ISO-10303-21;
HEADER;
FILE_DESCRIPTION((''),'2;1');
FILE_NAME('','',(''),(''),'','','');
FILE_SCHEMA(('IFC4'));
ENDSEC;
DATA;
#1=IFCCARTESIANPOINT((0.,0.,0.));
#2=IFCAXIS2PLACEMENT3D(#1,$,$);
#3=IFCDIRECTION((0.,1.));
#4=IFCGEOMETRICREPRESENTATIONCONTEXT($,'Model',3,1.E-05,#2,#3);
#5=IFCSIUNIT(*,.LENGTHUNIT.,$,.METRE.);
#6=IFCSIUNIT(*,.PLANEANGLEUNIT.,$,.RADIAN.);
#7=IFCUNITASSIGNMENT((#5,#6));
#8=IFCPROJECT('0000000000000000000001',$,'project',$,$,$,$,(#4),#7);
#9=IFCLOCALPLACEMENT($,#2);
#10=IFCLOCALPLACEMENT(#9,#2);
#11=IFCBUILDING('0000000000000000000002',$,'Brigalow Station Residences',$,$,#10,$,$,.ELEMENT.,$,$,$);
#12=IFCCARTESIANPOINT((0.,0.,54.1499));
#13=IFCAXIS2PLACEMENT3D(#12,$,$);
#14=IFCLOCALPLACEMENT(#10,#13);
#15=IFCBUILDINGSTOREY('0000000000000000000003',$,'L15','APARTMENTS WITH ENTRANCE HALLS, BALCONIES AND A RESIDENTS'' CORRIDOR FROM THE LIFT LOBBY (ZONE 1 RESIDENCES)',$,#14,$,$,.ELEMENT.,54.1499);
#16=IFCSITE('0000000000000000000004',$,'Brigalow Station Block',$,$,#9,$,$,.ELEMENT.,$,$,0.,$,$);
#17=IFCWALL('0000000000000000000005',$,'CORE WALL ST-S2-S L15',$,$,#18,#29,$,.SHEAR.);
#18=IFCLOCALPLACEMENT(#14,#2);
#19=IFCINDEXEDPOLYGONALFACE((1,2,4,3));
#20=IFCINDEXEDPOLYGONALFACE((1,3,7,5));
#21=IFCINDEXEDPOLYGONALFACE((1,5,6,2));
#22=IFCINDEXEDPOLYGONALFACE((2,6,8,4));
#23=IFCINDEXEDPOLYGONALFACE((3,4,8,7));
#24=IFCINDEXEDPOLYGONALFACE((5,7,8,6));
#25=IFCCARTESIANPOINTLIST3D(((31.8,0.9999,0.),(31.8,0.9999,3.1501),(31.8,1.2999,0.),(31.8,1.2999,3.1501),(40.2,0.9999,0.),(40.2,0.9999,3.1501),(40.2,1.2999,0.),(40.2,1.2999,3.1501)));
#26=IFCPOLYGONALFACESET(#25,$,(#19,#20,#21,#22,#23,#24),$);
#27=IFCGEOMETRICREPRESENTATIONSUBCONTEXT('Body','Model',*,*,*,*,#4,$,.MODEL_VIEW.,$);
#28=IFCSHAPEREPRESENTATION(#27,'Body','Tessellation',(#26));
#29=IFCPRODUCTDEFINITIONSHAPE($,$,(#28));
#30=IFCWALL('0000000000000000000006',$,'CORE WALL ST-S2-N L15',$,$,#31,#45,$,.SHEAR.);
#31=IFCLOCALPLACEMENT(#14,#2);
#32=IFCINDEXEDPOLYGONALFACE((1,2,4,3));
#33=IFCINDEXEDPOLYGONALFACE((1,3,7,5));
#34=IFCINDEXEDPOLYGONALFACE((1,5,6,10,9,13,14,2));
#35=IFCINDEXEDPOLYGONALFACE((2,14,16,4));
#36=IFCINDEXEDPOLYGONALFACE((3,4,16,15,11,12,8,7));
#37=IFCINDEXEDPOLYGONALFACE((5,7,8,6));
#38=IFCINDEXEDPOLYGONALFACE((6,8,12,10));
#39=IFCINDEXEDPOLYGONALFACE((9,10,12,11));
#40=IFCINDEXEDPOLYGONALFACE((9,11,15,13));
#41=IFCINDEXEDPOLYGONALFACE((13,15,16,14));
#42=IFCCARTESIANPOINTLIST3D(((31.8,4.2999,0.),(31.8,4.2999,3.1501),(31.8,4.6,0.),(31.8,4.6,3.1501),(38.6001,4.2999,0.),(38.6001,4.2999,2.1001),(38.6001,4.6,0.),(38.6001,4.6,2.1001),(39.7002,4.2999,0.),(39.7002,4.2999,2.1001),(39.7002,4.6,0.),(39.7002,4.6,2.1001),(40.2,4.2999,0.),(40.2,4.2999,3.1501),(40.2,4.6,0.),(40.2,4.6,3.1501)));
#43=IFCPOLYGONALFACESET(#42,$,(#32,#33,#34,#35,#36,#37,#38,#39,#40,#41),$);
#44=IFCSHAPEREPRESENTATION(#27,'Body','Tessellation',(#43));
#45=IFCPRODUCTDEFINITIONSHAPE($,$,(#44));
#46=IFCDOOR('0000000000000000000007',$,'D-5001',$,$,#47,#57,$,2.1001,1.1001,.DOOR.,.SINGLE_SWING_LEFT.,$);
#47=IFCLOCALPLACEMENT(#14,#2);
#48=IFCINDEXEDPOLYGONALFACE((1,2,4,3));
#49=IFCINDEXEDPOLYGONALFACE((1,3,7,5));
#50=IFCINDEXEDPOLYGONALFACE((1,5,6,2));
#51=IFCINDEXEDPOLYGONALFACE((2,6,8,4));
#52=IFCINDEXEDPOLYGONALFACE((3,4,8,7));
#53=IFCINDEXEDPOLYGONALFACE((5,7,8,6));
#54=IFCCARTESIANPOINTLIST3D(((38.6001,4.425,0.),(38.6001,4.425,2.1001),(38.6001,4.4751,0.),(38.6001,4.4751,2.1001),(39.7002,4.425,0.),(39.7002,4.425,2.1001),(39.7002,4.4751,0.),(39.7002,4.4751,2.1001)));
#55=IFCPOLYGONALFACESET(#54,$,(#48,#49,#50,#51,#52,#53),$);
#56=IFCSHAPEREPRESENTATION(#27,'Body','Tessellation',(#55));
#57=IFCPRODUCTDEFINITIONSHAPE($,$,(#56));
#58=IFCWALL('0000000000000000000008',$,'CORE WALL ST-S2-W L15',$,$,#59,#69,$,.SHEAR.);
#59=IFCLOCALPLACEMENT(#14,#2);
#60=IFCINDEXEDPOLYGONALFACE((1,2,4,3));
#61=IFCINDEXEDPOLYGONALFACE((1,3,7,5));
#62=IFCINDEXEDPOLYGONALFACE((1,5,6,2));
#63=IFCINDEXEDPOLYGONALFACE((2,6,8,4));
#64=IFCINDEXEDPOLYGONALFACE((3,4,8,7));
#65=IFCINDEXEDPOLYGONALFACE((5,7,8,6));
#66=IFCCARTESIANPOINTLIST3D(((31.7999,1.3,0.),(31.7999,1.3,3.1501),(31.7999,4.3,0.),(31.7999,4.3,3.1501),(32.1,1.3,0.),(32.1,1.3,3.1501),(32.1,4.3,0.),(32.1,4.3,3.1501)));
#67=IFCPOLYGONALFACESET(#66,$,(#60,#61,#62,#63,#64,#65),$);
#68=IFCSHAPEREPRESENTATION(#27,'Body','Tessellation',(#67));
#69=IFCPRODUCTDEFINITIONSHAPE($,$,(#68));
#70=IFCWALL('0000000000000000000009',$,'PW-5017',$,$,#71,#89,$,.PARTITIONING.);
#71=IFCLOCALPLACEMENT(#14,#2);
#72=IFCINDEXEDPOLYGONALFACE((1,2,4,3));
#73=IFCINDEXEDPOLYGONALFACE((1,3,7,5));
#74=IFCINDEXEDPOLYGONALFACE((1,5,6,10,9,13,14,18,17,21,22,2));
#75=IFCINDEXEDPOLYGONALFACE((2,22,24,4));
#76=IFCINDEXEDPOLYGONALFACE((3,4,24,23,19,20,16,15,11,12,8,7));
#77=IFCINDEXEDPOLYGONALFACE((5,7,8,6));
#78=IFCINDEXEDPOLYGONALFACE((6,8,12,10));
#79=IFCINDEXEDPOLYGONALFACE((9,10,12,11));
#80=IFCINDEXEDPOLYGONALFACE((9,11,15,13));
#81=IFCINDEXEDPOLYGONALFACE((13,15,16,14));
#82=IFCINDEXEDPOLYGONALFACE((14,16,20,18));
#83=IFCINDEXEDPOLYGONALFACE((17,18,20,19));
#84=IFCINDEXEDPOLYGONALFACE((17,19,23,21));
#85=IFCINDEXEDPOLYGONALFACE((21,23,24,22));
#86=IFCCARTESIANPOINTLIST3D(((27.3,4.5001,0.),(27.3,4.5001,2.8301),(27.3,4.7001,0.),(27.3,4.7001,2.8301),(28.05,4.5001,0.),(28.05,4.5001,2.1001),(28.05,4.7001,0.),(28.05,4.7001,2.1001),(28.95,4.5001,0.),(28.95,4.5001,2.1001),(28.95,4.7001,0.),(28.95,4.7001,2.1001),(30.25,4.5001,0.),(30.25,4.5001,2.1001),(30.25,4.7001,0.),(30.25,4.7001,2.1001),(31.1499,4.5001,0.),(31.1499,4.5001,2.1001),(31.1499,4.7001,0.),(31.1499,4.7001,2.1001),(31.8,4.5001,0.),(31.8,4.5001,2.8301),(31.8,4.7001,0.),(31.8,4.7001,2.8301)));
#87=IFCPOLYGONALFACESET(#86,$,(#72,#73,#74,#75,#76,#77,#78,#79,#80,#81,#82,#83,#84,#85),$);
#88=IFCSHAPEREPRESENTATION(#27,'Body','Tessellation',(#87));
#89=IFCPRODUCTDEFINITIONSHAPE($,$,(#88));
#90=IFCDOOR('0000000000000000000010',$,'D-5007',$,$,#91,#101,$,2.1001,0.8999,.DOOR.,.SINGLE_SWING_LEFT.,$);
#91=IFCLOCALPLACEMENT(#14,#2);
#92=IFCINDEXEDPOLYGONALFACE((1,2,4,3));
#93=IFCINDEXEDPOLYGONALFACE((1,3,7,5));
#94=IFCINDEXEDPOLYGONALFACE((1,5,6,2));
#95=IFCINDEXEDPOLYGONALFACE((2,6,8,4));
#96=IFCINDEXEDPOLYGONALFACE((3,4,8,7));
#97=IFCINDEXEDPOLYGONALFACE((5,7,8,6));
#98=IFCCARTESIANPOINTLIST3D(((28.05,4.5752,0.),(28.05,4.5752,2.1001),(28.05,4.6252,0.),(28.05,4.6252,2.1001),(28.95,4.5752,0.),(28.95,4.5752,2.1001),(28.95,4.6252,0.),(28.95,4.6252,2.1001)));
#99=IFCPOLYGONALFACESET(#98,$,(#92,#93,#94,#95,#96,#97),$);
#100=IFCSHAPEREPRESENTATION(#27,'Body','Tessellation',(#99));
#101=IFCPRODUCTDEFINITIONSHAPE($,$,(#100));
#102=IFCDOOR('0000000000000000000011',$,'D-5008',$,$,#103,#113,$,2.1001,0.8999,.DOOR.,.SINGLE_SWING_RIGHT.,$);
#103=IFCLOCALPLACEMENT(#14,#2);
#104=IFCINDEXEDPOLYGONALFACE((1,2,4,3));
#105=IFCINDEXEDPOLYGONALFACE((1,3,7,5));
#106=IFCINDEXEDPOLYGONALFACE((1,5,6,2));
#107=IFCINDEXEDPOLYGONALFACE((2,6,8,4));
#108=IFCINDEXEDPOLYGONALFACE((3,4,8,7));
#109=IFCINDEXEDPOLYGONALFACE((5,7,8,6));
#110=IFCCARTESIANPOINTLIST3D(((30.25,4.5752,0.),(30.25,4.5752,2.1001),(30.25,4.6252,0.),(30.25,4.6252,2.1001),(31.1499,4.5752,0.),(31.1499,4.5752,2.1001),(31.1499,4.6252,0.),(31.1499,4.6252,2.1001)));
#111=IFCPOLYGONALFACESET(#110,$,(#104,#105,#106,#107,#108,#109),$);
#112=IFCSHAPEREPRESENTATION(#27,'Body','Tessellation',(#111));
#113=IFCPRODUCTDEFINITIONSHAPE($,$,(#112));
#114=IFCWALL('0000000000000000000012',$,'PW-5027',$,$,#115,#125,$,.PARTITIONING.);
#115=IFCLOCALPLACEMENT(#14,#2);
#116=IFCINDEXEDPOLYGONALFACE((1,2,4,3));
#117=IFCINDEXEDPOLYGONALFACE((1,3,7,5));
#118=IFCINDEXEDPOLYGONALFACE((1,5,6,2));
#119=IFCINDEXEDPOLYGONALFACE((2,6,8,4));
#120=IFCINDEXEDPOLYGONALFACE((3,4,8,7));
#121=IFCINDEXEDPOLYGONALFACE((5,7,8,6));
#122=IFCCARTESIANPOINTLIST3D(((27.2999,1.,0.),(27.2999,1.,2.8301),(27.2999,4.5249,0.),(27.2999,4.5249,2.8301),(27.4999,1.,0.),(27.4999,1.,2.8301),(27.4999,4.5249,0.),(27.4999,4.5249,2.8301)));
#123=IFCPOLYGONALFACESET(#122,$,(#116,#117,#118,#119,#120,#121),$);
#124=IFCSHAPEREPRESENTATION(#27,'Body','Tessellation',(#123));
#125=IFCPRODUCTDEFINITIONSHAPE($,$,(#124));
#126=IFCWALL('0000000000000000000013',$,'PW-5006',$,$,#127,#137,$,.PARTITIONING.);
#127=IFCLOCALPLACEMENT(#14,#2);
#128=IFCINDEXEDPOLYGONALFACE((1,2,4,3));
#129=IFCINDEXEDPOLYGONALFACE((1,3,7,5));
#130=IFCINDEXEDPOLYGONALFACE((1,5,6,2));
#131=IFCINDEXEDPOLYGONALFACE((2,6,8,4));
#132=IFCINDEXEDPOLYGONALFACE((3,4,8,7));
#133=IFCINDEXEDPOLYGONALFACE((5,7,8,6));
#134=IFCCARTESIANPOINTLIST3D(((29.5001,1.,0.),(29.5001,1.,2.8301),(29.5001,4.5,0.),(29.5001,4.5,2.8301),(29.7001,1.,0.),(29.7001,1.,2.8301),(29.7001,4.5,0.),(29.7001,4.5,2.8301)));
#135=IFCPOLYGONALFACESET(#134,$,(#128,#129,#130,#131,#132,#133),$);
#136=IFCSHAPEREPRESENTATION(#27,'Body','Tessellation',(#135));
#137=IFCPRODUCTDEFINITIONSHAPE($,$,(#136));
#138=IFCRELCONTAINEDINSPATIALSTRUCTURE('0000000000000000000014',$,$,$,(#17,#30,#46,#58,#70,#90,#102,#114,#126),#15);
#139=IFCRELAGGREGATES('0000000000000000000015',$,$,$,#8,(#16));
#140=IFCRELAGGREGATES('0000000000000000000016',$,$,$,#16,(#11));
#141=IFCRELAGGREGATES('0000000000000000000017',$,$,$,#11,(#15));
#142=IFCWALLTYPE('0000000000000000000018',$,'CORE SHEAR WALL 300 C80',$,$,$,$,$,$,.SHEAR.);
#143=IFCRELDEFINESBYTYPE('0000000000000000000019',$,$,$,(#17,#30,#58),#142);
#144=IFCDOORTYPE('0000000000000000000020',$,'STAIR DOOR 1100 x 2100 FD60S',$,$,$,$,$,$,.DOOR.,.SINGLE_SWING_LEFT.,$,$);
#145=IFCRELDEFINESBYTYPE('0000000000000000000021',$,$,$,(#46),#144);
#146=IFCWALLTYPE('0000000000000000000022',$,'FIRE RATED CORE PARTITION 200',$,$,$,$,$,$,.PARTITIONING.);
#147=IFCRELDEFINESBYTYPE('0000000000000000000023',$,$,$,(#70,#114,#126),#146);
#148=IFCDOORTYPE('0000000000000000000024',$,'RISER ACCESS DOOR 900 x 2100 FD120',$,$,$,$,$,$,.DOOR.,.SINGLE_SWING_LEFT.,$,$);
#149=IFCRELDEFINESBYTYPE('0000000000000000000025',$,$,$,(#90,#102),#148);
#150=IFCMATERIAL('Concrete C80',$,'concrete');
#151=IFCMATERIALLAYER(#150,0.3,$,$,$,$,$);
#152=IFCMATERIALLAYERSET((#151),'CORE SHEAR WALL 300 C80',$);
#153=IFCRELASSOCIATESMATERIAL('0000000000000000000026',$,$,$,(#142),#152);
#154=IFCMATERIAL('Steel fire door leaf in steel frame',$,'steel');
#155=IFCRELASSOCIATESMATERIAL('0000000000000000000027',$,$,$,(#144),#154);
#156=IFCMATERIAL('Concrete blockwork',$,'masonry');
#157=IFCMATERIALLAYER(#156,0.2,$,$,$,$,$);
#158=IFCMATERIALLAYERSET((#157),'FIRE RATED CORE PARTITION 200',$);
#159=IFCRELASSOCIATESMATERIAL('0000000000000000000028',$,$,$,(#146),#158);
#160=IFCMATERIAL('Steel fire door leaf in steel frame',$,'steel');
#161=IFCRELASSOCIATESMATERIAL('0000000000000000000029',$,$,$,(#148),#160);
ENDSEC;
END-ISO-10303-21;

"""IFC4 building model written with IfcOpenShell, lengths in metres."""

from ifc_helpers import new_model, si_unit, direction, frame, frame_2d, origin, place, context, subcontext, project, spatial, rectangle, extrude, material, layer, layer_set, type_object, element, fill, save


model = new_model("IFC4")

# Units and contexts
model_context = context("Model", 3, precision=1e-05, world=origin(), true_north=direction((0.0, 1.0)))
body_context = subcontext(model_context, "Body", "Model", "MODEL_VIEW")
ifc_project = project(units=[si_unit("LENGTHUNIT", "METRE"), si_unit("PLANEANGLEUNIT", "RADIAN")], contexts=[model_context])

# Site, building, storey
site_placement = place(None, origin())
site = spatial("IfcSite", under=ifc_project, at=site_placement, Name="Brigalow Station Block", CompositionType="ELEMENT", RefElevation=0.0)
building_placement = place(site_placement, origin())
building = spatial("IfcBuilding", under=site, at=building_placement, Name="Brigalow Station Residences", CompositionType="ELEMENT")
storey_placement = place(building_placement, frame((0.0, 0.0, 54.1499)))
storey = spatial("IfcBuildingStorey", under=building, at=storey_placement, Name="L15", Description="APARTMENTS WITH ENTRANCE HALLS, BALCONIES AND A RESIDENTS' CORRIDOR FROM THE LIFT LOBBY (ZONE 1 RESIDENCES)", CompositionType="ELEMENT", Elevation=54.1499)

# Wall
ifc_material_1 = material(Name="Concrete C80", Category="concrete")
ifc_layer_1 = layer(ifc_material_1, 0.3)
ifc_layer_set_1 = layer_set([ifc_layer_1], Name="CORE SHEAR WALL 300 C80")
wall_type_1 = type_object("IfcWallType", Name="CORE SHEAR WALL 300 C80", PredefinedType="SHEAR", material=ifc_layer_set_1)
wall_1_placement = place(storey_placement, frame((31.8, 1.1499, 0.0), z_axis=(0.0, 0.0, 1.0), x_axis=(1.0, 0.0, 0.0)))
element("IfcWall", 1, at=wall_1_placement, inside=storey, type_object=wall_type_1, Name="CORE WALL ST-S2-S L15", PredefinedType="SHEAR", context=body_context, shape_type="SweptSolid", body=[
    extrude(rectangle(XDim=8.3999, YDim=0.3, at=frame_2d((4.2, 0.0))), origin(), (0.0, 0.0, 1.0), 3.1501),
])

# Wall, opening, door
wall_2_placement = place(storey_placement, frame((31.8, 4.45, 0.0), z_axis=(0.0, 0.0, 1.0), x_axis=(1.0, 0.0, 0.0)))
wall_2 = element("IfcWall", 2, at=wall_2_placement, inside=storey, type_object=wall_type_1, Name="CORE WALL ST-S2-N L15", PredefinedType="SHEAR", context=body_context, shape_type="SweptSolid", body=[
    extrude(rectangle(XDim=8.3999, YDim=0.3, at=frame_2d((4.2, 0.0))), origin(), (0.0, 0.0, 1.0), 3.1501),
])
opening_1_placement = place(wall_2_placement, frame((6.8, 0.0, 0.0)))
opening_1 = element("IfcOpeningElement", 3, at=opening_1_placement, cuts=wall_2, PredefinedType="OPENING", context=body_context, shape_type="SweptSolid", body=[
    extrude(rectangle(XDim=1.1001, YDim=2.1001, at=frame_2d((0.55, 1.05))), frame((0.0, 0.1602, 0.0), z_axis=(0.0, -1.0, 0.0), x_axis=(1.0, 0.0, 0.0)), (0.0, 0.0, 1.0), 0.3201),
])
ifc_material_2 = material(Name="Steel fire door leaf in steel frame", Category="steel")
door_type_1 = type_object("IfcDoorType", Name="STAIR DOOR 1100 x 2100 FD60S", OperationType="SINGLE_SWING_LEFT", PredefinedType="DOOR", material=ifc_material_2)
door_1_placement = place(opening_1_placement, frame((1.1001, 0.0, 0.0), z_axis=(0.0, 0.0, 1.0), x_axis=(-1.0, 0.0, 0.0)))
door_1 = element("IfcDoor", 4, at=door_1_placement, inside=storey, type_object=door_type_1, Name="D-5001", OperationType="SINGLE_SWING_LEFT", OverallHeight=2.1001, OverallWidth=1.1001, PredefinedType="DOOR", context=body_context, shape_type="SweptSolid", body=[
    extrude(rectangle(XDim=1.1001, YDim=2.1001, at=frame_2d((0.55, 1.05))), frame((0.0, 0.0249, 0.0), z_axis=(0.0, -1.0, 0.0), x_axis=(1.0, 0.0, 0.0)), (0.0, 0.0, 1.0), 0.05),
])
fill(opening_1, door_1)

# Wall
wall_3_placement = place(storey_placement, frame((31.95, 1.3, 0.0), z_axis=(0.0, 0.0, 1.0), x_axis=(0.0, 1.0, 0.0)))
element("IfcWall", 5, at=wall_3_placement, inside=storey, type_object=wall_type_1, Name="CORE WALL ST-S2-W L15", PredefinedType="SHEAR", context=body_context, shape_type="SweptSolid", body=[
    extrude(rectangle(XDim=3.0, YDim=0.3, at=frame_2d((1.5, 0.0))), origin(), (0.0, 0.0, 1.0), 3.1501),
])

# Wall, openings, doors
ifc_material_3 = material(Name="Concrete blockwork", Category="masonry")
ifc_layer_2 = layer(ifc_material_3, 0.2)
ifc_layer_set_2 = layer_set([ifc_layer_2], Name="FIRE RATED CORE PARTITION 200")
wall_type_2 = type_object("IfcWallType", Name="FIRE RATED CORE PARTITION 200", PredefinedType="PARTITIONING", material=ifc_layer_set_2)
wall_4_placement = place(storey_placement, frame((27.3, 4.6001, 0.0), z_axis=(0.0, 0.0, 1.0), x_axis=(1.0, 0.0, 0.0)))
wall_4 = element("IfcWall", 6, at=wall_4_placement, inside=storey, type_object=wall_type_2, Name="PW-5017", PredefinedType="PARTITIONING", context=body_context, shape_type="SweptSolid", body=[
    extrude(rectangle(XDim=4.5, YDim=0.2, at=frame_2d((2.25, 0.0))), origin(), (0.0, 0.0, 1.0), 2.8301),
])
opening_2_placement = place(wall_4_placement, frame((0.75, 0.0, 0.0)))
opening_2 = element("IfcOpeningElement", 7, at=opening_2_placement, cuts=wall_4, PredefinedType="OPENING", context=body_context, shape_type="SweptSolid", body=[
    extrude(rectangle(XDim=0.8999, YDim=2.1001, at=frame_2d((0.45, 1.05))), frame((0.0, 0.1099, 0.0), z_axis=(0.0, -1.0, 0.0), x_axis=(1.0, 0.0, 0.0)), (0.0, 0.0, 1.0), 0.22),
])
opening_3_placement = place(wall_4_placement, frame((2.95, 0.0, 0.0)))
opening_3 = element("IfcOpeningElement", 8, at=opening_3_placement, cuts=wall_4, PredefinedType="OPENING", context=body_context, shape_type="SweptSolid", body=[
    extrude(rectangle(XDim=0.8999, YDim=2.1001, at=frame_2d((0.45, 1.05))), frame((0.0, 0.1099, 0.0), z_axis=(0.0, -1.0, 0.0), x_axis=(1.0, 0.0, 0.0)), (0.0, 0.0, 1.0), 0.22),
])
ifc_material_4 = material(Name="Steel fire door leaf in steel frame", Category="steel")
door_type_2 = type_object("IfcDoorType", Name="RISER ACCESS DOOR 900 x 2100 FD120", OperationType="SINGLE_SWING_LEFT", PredefinedType="DOOR", material=ifc_material_4)
door_2_placement = place(opening_2_placement, frame((0.8999, 0.0, 0.0), z_axis=(0.0, 0.0, 1.0), x_axis=(-1.0, 0.0, 0.0)))
door_2 = element("IfcDoor", 9, at=door_2_placement, inside=storey, type_object=door_type_2, Name="D-5007", OperationType="SINGLE_SWING_LEFT", OverallHeight=2.1001, OverallWidth=0.8999, PredefinedType="DOOR", context=body_context, shape_type="SweptSolid", body=[
    extrude(rectangle(XDim=0.8999, YDim=2.1001, at=frame_2d((0.45, 1.05))), frame((0.0, 0.0249, 0.0), z_axis=(0.0, -1.0, 0.0), x_axis=(1.0, 0.0, 0.0)), (0.0, 0.0, 1.0), 0.05),
])
fill(opening_2, door_2)
door_3_placement = place(opening_3_placement, frame((0.8999, 0.0, 0.0), z_axis=(0.0, 0.0, 1.0), x_axis=(-1.0, 0.0, 0.0)))
door_3 = element("IfcDoor", 10, at=door_3_placement, inside=storey, type_object=door_type_2, Name="D-5008", OperationType="SINGLE_SWING_RIGHT", OverallHeight=2.1001, OverallWidth=0.8999, PredefinedType="DOOR", context=body_context, shape_type="SweptSolid", body=[
    extrude(rectangle(XDim=0.8999, YDim=2.1001, at=frame_2d((0.45, 1.05))), frame((0.0, 0.0249, 0.0), z_axis=(0.0, -1.0, 0.0), x_axis=(1.0, 0.0, 0.0)), (0.0, 0.0, 1.0), 0.05),
])
fill(opening_3, door_3)

# Walls
wall_5_placement = place(storey_placement, frame((27.3999, 1.0, 0.0), z_axis=(0.0, 0.0, 1.0), x_axis=(0.0, 1.0, 0.0)))
element("IfcWall", 11, at=wall_5_placement, inside=storey, type_object=wall_type_2, Name="PW-5027", PredefinedType="PARTITIONING", context=body_context, shape_type="SweptSolid", body=[
    extrude(rectangle(XDim=3.5249, YDim=0.2, at=frame_2d((1.7625, 0.0))), origin(), (0.0, 0.0, 1.0), 2.8301),
])
wall_6_placement = place(storey_placement, frame((29.6001, 1.0, 0.0), z_axis=(0.0, 0.0, 1.0), x_axis=(0.0, 1.0, 0.0)))
element("IfcWall", 12, at=wall_6_placement, inside=storey, type_object=wall_type_2, Name="PW-5006", PredefinedType="PARTITIONING", context=body_context, shape_type="SweptSolid", body=[
    extrude(rectangle(XDim=3.5, YDim=0.2, at=frame_2d((1.75, 0.0))), origin(), (0.0, 0.0, 1.0), 2.8301),
])

save(model, "model.ifc")
